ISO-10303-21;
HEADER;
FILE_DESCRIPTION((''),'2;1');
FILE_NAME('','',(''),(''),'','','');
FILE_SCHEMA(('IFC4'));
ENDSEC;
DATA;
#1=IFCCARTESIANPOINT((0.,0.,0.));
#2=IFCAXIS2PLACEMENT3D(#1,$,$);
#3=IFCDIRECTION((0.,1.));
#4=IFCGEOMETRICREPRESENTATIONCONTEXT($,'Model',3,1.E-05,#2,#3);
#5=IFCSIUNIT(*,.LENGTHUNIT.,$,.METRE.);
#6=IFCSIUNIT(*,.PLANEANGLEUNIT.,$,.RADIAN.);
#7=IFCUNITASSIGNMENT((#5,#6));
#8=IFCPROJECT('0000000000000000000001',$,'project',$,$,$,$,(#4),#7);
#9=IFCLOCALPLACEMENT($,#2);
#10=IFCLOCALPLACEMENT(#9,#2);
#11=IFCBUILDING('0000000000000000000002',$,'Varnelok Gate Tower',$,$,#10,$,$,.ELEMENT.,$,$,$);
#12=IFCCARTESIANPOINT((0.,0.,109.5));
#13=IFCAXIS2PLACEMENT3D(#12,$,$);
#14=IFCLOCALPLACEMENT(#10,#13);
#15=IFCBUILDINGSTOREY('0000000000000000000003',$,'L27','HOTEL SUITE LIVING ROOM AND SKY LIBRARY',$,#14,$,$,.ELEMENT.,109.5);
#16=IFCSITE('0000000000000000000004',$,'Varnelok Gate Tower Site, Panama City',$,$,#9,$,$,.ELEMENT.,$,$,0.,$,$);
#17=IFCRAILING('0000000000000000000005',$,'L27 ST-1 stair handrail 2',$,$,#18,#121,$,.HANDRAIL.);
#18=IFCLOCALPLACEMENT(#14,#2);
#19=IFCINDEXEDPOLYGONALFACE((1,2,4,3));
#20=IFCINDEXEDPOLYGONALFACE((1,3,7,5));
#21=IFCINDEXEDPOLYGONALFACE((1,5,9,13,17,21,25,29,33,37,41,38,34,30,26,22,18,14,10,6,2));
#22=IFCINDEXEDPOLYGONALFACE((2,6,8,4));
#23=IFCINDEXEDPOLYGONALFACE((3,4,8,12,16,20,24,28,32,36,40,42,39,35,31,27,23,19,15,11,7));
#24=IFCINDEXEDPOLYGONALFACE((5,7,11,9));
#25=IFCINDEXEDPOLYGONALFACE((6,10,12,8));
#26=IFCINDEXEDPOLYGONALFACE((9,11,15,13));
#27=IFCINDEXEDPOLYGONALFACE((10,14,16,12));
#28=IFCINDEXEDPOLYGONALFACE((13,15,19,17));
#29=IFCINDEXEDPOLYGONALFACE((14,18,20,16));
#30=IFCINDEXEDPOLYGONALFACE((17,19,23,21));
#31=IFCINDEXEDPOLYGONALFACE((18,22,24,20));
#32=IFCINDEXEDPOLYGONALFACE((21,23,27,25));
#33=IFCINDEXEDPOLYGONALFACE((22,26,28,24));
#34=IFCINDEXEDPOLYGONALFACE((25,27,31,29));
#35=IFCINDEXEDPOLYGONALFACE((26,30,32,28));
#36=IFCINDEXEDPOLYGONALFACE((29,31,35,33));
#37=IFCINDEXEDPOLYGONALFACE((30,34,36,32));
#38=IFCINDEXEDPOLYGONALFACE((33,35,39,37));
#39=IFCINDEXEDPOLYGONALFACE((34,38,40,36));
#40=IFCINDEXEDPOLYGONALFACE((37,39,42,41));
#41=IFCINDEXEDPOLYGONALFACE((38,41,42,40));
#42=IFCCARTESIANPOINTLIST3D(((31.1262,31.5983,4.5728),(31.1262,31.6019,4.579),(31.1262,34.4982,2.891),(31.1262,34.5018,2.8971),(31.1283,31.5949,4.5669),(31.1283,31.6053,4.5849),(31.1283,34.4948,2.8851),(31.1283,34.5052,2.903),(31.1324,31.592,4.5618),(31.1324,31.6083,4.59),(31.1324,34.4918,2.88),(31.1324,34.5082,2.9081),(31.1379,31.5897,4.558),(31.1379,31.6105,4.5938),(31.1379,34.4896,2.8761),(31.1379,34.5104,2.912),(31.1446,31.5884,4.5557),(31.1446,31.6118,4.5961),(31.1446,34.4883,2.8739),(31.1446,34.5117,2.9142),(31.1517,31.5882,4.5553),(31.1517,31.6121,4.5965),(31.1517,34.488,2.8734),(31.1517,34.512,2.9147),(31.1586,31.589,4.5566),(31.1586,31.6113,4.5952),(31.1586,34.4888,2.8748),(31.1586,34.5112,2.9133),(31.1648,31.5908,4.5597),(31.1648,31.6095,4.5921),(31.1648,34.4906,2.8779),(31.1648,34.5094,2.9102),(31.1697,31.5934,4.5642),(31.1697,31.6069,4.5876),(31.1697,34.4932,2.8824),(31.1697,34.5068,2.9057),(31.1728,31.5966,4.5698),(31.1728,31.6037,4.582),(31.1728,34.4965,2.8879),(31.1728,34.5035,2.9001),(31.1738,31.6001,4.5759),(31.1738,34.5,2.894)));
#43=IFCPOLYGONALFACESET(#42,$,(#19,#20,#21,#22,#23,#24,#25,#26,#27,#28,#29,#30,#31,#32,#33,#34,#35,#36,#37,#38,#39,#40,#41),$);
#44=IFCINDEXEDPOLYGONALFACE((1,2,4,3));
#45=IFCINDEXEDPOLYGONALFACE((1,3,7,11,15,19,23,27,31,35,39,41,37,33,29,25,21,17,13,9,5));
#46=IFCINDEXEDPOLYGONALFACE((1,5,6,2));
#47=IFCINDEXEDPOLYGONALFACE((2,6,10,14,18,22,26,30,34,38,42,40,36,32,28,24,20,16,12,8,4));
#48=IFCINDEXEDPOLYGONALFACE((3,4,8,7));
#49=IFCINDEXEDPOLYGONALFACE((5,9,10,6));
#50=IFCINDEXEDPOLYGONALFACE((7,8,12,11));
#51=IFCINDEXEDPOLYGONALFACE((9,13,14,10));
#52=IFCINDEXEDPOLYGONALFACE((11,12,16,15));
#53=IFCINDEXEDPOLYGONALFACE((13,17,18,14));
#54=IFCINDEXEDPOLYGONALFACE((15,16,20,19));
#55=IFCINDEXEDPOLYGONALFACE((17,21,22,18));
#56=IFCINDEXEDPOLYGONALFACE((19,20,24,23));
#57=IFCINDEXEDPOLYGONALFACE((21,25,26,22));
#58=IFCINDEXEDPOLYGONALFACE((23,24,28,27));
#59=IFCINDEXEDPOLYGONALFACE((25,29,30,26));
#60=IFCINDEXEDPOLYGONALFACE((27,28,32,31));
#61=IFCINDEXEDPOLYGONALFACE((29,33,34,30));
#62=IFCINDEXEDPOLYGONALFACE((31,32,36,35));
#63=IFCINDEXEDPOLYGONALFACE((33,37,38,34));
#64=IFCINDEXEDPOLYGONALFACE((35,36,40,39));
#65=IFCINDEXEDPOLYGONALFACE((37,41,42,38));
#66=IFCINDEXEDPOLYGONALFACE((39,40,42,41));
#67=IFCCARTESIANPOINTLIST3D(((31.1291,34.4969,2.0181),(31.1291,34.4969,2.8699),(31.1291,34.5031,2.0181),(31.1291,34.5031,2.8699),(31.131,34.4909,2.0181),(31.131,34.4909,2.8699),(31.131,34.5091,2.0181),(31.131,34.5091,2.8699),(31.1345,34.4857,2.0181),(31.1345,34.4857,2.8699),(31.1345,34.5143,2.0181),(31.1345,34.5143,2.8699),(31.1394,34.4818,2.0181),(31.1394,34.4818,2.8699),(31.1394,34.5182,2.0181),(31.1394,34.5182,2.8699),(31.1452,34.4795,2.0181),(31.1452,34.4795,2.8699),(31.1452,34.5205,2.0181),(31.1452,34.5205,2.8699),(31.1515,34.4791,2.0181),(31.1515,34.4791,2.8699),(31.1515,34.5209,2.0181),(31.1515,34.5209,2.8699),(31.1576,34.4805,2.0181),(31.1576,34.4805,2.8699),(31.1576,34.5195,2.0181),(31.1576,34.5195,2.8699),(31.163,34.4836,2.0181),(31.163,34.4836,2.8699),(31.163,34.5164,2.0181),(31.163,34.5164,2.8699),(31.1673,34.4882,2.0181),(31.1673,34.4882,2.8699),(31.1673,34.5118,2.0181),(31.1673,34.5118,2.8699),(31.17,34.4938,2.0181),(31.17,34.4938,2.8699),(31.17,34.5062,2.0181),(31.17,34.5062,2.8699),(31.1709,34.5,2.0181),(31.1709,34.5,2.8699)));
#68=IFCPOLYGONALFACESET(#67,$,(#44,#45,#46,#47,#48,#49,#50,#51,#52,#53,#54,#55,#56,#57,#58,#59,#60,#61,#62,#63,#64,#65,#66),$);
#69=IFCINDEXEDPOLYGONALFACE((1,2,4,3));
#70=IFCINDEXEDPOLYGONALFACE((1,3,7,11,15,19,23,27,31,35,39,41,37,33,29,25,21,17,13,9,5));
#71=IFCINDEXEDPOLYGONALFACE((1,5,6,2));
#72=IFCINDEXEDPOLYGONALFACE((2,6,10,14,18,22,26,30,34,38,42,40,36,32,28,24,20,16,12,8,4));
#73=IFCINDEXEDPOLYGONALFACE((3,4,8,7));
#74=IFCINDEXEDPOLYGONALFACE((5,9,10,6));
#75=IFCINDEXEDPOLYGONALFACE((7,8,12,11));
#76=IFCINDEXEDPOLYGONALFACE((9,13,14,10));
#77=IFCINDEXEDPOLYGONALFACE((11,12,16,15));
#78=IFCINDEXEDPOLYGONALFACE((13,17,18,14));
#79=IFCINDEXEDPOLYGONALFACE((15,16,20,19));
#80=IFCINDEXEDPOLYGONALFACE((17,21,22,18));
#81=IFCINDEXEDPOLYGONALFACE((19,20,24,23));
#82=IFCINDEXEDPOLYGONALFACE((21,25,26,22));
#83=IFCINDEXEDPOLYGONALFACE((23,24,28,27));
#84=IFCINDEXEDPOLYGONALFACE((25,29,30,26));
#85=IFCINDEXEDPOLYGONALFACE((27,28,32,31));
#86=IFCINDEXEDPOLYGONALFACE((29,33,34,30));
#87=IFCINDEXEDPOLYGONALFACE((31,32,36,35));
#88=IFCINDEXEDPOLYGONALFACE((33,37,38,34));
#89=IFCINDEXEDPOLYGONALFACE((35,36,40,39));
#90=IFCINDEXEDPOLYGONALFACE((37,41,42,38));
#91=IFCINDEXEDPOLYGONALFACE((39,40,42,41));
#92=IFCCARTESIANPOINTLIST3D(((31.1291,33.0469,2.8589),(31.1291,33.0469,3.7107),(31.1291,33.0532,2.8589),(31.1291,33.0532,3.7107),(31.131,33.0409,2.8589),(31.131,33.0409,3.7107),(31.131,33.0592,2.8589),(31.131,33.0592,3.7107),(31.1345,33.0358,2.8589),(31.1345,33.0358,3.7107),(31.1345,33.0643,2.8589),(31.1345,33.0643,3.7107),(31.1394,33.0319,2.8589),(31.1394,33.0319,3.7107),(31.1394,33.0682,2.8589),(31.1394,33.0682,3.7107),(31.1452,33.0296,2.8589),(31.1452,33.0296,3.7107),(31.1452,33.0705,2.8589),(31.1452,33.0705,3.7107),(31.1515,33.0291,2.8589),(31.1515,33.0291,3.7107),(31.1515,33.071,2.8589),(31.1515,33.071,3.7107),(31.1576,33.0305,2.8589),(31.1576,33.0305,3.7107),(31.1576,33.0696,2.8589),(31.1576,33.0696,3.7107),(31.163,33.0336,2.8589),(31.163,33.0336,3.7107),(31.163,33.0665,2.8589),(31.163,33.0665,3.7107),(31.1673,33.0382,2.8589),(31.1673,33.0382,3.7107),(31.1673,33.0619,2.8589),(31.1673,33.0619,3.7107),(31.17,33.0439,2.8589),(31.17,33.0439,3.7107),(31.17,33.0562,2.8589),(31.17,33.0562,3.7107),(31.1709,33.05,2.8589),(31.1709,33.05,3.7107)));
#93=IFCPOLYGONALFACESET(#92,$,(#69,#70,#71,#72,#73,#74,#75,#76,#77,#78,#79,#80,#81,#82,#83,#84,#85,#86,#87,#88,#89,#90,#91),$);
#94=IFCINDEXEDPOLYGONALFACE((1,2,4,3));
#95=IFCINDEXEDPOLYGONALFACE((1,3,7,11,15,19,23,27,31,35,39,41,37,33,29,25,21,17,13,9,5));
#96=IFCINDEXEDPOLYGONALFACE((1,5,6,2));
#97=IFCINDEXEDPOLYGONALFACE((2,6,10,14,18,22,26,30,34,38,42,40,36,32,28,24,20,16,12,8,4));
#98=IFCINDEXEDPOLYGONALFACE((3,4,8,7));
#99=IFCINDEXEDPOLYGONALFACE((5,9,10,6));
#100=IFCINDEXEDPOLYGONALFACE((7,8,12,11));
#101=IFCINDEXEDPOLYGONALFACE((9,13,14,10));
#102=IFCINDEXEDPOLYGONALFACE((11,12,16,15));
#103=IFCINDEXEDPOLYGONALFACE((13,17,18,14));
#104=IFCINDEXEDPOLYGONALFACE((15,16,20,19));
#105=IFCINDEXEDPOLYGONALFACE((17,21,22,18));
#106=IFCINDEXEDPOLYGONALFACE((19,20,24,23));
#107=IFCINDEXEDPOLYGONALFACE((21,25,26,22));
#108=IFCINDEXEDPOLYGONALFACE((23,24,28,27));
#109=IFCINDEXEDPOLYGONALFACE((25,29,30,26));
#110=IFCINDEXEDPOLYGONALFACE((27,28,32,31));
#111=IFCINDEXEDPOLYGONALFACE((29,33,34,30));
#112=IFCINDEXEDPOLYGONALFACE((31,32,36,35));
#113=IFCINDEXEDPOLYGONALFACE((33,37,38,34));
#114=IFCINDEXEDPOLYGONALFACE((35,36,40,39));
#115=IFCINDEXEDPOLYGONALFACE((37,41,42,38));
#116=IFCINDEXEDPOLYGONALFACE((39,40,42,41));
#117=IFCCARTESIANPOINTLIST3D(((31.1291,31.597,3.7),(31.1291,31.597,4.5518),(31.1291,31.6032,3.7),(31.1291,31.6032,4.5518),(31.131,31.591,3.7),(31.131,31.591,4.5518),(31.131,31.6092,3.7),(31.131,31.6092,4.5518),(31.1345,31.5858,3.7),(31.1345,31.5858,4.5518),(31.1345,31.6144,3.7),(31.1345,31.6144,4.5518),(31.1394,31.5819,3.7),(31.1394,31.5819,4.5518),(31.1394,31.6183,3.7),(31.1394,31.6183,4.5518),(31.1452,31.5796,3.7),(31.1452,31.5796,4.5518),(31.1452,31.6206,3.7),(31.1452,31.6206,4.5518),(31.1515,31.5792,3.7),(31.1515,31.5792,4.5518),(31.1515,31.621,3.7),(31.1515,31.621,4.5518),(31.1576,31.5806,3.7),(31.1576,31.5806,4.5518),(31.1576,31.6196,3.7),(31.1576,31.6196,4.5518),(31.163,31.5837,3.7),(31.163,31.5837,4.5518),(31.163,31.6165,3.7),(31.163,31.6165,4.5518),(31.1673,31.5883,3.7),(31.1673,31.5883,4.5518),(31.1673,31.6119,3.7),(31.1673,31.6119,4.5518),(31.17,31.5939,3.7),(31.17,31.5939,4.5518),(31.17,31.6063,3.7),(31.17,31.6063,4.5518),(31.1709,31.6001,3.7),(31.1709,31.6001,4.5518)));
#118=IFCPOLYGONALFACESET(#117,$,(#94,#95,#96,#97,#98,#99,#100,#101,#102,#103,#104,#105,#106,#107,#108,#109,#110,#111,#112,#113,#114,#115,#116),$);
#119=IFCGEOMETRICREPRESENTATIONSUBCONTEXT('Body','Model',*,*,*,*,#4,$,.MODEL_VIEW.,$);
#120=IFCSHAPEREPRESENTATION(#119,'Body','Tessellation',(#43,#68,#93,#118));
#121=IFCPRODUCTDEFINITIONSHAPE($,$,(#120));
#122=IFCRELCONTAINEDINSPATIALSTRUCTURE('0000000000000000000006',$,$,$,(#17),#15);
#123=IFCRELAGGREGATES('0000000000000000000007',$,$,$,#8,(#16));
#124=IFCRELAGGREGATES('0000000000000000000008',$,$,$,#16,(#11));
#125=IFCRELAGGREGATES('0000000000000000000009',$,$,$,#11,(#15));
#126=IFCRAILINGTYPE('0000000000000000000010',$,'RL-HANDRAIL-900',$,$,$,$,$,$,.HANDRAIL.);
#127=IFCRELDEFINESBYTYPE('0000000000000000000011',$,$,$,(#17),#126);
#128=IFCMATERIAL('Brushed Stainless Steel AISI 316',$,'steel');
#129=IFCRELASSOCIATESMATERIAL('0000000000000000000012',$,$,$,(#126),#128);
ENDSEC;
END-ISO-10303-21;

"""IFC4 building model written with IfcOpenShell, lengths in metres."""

from ifc_helpers import new_model, si_unit, direction, frame, origin, origin_2d, place, context, subcontext, project, spatial, circle, extrude, material, type_object, element, save


model = new_model("IFC4")

# Units and contexts
model_context = context("Model", 3, precision=1e-05, world=origin(), true_north=direction((0.0, 1.0)))
body_context = subcontext(model_context, "Body", "Model", "MODEL_VIEW")
ifc_project = project(units=[si_unit("LENGTHUNIT", "METRE"), si_unit("PLANEANGLEUNIT", "RADIAN")], contexts=[model_context])

# Site, building, storey
site_placement = place(None, origin())
site = spatial("IfcSite", under=ifc_project, at=site_placement, Name="Varnelok Gate Tower Site, Panama City", CompositionType="ELEMENT", RefElevation=0.0)
building_placement = place(site_placement, origin())
building = spatial("IfcBuilding", under=site, at=building_placement, Name="Varnelok Gate Tower", CompositionType="ELEMENT")
storey_placement = place(building_placement, frame((0.0, 0.0, 109.5)))
storey = spatial("IfcBuildingStorey", under=building, at=storey_placement, Name="L27", Description="HOTEL SUITE LIVING ROOM AND SKY LIBRARY", CompositionType="ELEMENT", Elevation=109.5)

# Railing
ifc_material_1 = material(Name="Brushed Stainless Steel AISI 316", Category="steel")
railing_type_1 = type_object("IfcRailingType", Name="RL-HANDRAIL-900", PredefinedType="HANDRAIL", material=ifc_material_1)
railing_1_placement = place(storey_placement, frame((31.1499, 34.5, 2.0181)))
element("IfcRailing", 1, at=railing_1_placement, inside=storey, type_object=railing_type_1, Name="L27 ST-1 stair handrail 2", PredefinedType="HANDRAIL", context=body_context, shape_type="SweptSolid", body=[
    extrude(circle(Radius=0.0239, at=origin_2d()), frame((0.0, 0.0, 0.876), z_axis=(0.0, -0.865039, 0.501705), x_axis=(1.0, 0.0, 0.0)), (0.0, 0.0, 1.0), 3.3523),
    extrude(circle(Radius=0.021, at=origin_2d()), origin(), (0.0, 0.0, 1.0), 0.8518),
    extrude(circle(Radius=0.021, at=origin_2d()), frame((0.0, -1.45, 0.8408)), (0.0, 0.0, 1.0), 0.8518),
    extrude(circle(Radius=0.021, at=origin_2d()), frame((0.0, -2.8999, 1.6819)), (0.0, 0.0, 1.0), 0.8518),
])

save(model, "model.ifc")
